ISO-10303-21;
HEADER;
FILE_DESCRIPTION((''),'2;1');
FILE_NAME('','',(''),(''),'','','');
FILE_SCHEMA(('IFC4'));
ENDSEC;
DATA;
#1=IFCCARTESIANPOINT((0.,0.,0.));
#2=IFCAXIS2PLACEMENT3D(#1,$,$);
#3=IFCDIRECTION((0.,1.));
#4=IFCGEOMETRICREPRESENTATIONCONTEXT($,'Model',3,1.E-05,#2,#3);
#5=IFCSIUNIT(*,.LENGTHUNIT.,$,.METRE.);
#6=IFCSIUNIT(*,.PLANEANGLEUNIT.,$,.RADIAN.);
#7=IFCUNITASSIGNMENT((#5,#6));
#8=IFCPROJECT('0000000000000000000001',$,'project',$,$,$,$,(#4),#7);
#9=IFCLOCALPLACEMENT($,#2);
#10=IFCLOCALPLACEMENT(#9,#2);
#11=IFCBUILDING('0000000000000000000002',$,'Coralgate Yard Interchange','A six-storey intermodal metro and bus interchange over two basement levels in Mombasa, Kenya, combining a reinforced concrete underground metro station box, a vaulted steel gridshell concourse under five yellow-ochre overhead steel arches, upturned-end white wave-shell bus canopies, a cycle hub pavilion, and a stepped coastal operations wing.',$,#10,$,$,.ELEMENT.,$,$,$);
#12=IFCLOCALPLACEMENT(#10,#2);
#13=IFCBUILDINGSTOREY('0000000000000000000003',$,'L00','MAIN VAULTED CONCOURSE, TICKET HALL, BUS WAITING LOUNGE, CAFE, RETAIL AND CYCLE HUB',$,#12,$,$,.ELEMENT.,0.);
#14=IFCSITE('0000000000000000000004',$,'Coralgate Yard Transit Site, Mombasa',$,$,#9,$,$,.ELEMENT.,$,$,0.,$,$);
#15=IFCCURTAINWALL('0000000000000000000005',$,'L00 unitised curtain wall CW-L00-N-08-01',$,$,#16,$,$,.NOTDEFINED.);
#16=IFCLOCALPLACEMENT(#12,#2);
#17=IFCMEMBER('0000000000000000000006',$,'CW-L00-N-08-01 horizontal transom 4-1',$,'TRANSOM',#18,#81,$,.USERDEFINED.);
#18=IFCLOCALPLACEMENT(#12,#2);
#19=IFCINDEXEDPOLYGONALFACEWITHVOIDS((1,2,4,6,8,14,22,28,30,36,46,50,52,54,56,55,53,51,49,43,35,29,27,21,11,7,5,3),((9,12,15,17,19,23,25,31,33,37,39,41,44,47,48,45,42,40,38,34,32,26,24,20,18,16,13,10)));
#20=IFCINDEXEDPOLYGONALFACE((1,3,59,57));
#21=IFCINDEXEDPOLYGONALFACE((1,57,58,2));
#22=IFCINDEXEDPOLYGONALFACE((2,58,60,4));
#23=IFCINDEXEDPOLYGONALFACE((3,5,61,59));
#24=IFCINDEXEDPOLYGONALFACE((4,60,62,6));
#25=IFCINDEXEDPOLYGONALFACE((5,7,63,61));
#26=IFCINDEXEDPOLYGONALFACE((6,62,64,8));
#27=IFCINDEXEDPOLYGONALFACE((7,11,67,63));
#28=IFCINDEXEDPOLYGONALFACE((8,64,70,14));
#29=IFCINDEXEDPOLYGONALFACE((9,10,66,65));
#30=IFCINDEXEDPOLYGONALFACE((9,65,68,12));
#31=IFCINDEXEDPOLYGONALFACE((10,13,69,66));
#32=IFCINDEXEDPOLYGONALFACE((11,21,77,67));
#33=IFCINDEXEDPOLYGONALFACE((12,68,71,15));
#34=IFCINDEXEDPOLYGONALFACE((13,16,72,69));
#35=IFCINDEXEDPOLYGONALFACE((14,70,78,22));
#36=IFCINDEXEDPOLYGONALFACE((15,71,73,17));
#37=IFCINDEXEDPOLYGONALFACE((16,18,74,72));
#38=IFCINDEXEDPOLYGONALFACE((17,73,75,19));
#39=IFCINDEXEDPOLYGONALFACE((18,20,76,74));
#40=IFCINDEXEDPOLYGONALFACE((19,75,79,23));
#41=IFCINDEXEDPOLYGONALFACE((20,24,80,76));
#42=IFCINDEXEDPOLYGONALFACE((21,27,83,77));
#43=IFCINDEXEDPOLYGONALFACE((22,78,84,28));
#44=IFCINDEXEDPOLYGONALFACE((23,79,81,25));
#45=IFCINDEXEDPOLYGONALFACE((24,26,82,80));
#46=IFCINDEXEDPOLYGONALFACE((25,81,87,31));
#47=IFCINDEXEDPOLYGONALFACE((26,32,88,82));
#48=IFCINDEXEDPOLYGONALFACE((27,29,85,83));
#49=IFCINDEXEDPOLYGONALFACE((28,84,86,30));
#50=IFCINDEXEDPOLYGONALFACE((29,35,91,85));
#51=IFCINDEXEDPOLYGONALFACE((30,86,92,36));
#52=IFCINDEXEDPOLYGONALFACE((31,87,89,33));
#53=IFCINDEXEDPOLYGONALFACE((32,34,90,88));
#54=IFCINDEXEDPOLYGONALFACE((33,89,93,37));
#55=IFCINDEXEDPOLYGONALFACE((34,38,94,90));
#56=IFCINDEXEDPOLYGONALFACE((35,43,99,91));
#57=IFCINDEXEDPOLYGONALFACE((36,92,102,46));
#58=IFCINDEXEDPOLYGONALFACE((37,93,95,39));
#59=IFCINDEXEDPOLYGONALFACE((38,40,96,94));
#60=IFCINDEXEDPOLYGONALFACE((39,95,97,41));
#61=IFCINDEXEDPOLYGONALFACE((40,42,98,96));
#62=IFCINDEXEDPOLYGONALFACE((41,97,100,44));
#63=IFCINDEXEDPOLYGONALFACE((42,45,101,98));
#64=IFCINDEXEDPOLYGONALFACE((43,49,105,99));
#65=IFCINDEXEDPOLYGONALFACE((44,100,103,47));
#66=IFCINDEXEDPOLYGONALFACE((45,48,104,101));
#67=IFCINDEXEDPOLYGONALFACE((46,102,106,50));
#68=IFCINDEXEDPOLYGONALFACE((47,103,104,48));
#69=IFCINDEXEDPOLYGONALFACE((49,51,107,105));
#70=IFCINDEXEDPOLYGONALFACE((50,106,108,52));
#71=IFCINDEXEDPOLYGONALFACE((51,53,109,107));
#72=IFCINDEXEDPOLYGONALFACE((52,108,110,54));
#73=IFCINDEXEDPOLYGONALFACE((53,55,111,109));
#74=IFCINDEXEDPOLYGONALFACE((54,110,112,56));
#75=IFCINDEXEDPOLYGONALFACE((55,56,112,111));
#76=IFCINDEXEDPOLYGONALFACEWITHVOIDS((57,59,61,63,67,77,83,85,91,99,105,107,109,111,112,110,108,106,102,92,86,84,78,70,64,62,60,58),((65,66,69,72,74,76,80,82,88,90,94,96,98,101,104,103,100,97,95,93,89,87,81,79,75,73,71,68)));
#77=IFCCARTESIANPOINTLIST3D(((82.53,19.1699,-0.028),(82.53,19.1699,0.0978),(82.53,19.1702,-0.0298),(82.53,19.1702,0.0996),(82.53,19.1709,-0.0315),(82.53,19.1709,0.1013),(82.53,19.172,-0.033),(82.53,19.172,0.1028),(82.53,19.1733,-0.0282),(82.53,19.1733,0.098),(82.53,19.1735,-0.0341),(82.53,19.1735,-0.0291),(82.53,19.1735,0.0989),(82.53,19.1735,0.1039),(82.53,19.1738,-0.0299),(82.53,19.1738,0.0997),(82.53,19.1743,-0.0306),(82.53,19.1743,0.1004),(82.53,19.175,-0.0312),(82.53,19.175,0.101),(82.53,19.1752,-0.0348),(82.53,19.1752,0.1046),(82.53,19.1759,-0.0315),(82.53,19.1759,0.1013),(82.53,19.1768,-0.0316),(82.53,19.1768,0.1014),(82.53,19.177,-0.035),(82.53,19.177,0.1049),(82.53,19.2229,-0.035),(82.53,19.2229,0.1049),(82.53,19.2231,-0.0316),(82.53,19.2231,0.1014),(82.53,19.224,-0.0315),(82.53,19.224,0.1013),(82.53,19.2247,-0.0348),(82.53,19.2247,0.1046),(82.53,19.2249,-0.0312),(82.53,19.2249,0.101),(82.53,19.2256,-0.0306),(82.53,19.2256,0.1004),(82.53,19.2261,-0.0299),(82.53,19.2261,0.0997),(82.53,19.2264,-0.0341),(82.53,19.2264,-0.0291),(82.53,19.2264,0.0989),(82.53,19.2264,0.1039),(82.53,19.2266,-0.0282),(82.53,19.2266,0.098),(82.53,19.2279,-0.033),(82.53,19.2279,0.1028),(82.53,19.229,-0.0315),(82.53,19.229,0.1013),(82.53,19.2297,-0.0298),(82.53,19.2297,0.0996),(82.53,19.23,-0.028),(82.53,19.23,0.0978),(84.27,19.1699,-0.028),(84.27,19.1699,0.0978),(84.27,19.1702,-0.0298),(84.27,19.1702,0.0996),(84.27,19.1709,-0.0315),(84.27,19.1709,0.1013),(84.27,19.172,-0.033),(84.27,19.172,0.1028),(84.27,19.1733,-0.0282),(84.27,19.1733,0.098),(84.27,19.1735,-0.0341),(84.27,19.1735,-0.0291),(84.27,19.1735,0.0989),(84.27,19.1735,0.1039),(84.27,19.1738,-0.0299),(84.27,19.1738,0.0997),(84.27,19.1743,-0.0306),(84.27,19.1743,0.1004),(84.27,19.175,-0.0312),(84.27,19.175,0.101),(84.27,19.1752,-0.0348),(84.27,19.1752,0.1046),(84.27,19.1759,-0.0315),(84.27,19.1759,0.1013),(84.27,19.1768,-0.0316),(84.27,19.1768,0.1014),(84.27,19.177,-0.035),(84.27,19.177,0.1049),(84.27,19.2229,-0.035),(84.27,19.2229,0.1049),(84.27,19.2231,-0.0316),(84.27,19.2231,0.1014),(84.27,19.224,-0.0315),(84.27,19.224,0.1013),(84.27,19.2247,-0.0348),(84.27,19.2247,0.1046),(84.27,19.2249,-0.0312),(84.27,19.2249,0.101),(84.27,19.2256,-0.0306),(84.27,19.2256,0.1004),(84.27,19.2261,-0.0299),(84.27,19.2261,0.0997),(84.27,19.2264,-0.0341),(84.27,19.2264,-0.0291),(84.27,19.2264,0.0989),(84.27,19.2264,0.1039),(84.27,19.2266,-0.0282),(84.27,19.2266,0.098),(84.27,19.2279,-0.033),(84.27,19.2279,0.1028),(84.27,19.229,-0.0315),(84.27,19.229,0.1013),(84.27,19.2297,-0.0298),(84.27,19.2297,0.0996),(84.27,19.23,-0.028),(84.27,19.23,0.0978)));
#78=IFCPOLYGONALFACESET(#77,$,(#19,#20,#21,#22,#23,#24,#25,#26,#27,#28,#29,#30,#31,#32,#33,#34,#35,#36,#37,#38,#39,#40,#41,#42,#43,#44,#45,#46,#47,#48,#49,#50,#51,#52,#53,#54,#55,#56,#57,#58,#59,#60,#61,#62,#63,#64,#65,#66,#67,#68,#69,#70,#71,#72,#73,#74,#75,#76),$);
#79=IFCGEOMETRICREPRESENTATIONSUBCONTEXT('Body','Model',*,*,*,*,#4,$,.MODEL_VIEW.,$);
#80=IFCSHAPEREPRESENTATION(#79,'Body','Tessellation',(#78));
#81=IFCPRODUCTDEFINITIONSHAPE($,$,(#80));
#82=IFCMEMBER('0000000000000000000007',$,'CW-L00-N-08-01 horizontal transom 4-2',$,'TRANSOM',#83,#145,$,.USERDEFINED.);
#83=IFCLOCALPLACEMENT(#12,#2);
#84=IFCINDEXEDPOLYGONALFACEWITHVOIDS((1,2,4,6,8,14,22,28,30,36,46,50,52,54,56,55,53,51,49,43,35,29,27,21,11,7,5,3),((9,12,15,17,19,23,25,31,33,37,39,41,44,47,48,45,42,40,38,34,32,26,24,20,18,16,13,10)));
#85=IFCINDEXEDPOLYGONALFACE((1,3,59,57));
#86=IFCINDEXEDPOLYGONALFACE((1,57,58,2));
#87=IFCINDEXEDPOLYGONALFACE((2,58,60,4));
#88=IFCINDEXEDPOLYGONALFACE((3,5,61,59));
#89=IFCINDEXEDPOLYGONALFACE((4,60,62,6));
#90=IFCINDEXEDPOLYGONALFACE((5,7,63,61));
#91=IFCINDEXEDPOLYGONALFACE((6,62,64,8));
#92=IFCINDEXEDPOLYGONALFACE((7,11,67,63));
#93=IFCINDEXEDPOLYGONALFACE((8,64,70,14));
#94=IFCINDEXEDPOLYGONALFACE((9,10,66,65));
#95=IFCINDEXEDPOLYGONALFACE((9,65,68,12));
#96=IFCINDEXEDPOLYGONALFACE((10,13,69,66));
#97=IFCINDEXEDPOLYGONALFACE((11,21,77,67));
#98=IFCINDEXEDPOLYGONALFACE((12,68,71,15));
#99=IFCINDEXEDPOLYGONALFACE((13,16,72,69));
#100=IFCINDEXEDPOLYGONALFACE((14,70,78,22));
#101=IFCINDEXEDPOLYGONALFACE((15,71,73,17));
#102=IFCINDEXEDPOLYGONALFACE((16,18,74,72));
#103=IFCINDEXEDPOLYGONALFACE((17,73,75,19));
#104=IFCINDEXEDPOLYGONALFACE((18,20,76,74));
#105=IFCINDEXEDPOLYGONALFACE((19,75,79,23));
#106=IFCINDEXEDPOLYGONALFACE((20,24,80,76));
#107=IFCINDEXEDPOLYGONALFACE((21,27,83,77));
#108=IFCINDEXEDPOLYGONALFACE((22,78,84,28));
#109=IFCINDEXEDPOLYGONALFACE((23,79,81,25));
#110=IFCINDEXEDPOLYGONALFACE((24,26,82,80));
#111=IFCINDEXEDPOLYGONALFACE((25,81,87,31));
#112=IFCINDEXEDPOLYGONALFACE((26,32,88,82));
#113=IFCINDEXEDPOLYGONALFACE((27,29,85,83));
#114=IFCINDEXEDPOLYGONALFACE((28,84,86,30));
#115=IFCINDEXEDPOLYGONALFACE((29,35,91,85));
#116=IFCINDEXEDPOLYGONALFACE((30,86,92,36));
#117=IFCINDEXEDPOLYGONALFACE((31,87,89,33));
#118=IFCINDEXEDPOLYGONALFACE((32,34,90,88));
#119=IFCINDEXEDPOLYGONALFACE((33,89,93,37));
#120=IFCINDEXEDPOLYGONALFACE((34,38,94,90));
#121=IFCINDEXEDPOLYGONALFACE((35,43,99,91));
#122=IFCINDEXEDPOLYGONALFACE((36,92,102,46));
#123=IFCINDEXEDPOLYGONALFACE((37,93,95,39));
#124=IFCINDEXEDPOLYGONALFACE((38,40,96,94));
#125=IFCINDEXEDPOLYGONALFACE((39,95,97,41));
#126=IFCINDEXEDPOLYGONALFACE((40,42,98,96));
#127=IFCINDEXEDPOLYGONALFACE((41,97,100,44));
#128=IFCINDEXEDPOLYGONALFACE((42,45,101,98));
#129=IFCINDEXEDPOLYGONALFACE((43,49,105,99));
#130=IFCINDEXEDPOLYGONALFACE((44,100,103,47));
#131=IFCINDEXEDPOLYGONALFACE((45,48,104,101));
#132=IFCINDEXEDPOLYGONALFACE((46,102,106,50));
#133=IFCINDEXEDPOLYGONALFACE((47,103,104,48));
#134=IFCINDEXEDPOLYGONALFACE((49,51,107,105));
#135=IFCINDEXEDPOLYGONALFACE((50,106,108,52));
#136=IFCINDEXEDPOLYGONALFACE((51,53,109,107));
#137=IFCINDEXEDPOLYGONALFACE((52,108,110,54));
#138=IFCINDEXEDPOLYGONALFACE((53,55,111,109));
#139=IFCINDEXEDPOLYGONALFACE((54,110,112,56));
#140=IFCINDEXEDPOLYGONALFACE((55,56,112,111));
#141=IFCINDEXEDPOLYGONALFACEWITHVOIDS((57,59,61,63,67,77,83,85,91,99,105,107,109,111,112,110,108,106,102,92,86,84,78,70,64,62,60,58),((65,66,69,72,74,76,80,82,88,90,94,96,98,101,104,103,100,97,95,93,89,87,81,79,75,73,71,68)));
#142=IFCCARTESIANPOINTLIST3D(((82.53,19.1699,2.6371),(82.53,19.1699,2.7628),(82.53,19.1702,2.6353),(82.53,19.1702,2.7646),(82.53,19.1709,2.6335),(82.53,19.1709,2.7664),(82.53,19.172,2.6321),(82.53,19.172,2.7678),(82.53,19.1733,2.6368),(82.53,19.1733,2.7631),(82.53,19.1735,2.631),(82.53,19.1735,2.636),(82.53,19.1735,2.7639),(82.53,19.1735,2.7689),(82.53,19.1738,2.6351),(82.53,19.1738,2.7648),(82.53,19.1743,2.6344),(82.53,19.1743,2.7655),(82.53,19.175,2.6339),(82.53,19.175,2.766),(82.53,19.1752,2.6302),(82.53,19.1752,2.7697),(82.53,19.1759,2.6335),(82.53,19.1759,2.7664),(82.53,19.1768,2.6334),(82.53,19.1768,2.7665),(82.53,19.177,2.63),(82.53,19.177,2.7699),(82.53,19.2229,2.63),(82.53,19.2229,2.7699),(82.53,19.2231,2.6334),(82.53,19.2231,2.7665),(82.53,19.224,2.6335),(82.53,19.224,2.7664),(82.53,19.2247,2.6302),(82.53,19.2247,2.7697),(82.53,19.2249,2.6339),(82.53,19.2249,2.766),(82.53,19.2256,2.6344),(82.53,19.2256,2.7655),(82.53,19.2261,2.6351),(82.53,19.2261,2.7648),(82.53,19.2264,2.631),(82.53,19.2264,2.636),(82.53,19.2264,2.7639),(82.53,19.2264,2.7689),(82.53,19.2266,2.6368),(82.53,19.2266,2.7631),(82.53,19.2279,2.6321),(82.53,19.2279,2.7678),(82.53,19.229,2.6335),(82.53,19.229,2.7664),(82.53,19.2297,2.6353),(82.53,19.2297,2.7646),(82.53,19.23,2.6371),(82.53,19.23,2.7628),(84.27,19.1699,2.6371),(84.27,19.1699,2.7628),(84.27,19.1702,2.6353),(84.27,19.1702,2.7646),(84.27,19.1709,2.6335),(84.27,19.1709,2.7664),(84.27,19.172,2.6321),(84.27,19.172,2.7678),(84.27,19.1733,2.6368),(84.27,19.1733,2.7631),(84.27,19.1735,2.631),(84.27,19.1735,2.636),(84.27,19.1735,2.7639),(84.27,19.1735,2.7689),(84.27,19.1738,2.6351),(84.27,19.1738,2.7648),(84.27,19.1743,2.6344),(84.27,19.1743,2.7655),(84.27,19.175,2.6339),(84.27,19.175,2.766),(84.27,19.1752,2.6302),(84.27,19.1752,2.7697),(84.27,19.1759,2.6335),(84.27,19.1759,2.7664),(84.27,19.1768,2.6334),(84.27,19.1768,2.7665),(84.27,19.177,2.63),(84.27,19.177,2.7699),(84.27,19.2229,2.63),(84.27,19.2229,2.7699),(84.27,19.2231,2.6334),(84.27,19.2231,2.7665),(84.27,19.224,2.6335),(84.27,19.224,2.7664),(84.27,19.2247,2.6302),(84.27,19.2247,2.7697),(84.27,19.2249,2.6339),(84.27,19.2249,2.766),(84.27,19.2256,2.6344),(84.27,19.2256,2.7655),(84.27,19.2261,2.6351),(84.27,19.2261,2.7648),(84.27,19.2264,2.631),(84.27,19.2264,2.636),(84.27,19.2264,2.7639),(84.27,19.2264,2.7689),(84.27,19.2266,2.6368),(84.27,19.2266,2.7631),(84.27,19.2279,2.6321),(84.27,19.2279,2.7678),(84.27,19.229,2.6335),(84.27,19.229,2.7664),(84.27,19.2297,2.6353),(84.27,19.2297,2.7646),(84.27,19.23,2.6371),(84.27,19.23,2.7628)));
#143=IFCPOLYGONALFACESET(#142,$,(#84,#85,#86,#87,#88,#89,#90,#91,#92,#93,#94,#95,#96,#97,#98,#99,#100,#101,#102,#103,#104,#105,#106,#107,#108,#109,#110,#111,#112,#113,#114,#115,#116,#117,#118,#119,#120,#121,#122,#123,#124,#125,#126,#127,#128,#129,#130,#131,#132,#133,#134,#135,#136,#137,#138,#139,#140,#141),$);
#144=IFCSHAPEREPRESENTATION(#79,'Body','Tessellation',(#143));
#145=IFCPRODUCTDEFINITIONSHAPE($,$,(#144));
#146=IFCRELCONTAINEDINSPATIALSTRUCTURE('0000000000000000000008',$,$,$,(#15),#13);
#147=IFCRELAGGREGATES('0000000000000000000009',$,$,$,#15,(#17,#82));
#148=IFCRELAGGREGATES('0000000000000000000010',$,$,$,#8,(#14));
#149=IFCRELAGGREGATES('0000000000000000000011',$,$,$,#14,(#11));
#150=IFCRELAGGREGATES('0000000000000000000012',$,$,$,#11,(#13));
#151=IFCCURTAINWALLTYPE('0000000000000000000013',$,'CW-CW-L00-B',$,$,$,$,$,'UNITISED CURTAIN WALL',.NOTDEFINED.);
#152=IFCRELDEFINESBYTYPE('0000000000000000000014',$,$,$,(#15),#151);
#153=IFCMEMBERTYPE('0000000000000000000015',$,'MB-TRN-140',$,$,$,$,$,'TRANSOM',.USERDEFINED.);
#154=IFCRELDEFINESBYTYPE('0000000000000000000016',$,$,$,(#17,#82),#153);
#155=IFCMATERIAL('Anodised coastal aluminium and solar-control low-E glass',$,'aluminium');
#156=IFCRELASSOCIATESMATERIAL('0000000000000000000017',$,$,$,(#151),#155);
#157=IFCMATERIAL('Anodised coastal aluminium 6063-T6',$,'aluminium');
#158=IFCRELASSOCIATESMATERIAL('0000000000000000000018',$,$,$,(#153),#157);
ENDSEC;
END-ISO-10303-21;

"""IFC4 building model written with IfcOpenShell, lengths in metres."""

from ifc_helpers import new_model, si_unit, direction, frame, origin, origin_2d, place, context, subcontext, project, spatial, hollow_rectangle, extrude, material, material_profile, profile_set, type_object, element, aggregate, save


model = new_model("IFC4")

# Units and contexts
model_context = context("Model", 3, precision=1e-05, world=origin(), true_north=direction((0.0, 1.0)))
body_context = subcontext(model_context, "Body", "Model", "MODEL_VIEW")
ifc_project = project(units=[si_unit("LENGTHUNIT", "METRE"), si_unit("PLANEANGLEUNIT", "RADIAN")], contexts=[model_context])

# Site, building, storey
site_placement = place(None, origin())
site = spatial("IfcSite", under=ifc_project, at=site_placement, Name="Coralgate Yard Transit Site, Mombasa", CompositionType="ELEMENT", RefElevation=0.0)
building_placement = place(site_placement, origin())
building = spatial("IfcBuilding", under=site, at=building_placement, Name="Coralgate Yard Interchange", Description="A six-storey intermodal metro and bus interchange over two basement levels in Mombasa, Kenya, combining a reinforced concrete underground metro station box, a vaulted steel gridshell concourse under five yellow-ochre overhead steel arches, upturned-end white wave-shell bus canopies, a cycle hub pavilion, and a stepped coastal operations wing.", CompositionType="ELEMENT")
storey_placement = place(building_placement, origin())
storey = spatial("IfcBuildingStorey", under=building, at=storey_placement, Name="L00", Description="MAIN VAULTED CONCOURSE, TICKET HALL, BUS WAITING LOUNGE, CAFE, RETAIL AND CYCLE HUB", CompositionType="ELEMENT", Elevation=0.0)

# Curtain wall, members
ifc_material_1 = material(Name="Anodised coastal aluminium and solar-control low-E glass", Category="aluminium")
curtain_wall_type = type_object("IfcCurtainWallType", Name="CW-CW-L00-B", ElementType="UNITISED CURTAIN WALL", PredefinedType="NOTDEFINED", material=ifc_material_1)
curtain_wall_placement = place(storey_placement, origin())
curtain_wall = element("IfcCurtainWall", 1, at=curtain_wall_placement, inside=storey, type_object=curtain_wall_type, Name="L00 unitised curtain wall CW-L00-N-08-01", PredefinedType="NOTDEFINED")
ifc_material_2 = material(Name="Anodised coastal aluminium 6063-T6", Category="aluminium")
ifc_material_profile_1 = material_profile(ifc_material_2, hollow_rectangle(XDim=0.0601, YDim=0.1399, WallThickness=0.0034, InnerFilletRadius=0.0034, OuterFilletRadius=0.0071, at=origin_2d()), Name="ALU 60x140x3.5")
ifc_profile_set_1 = profile_set([ifc_material_profile_1], Name="Anodised coastal aluminium 6063-T6")
member_type_1 = type_object("IfcMemberType", Name="MB-TRN-140", ElementType="TRANSOM", PredefinedType="USERDEFINED", material=ifc_profile_set_1)
member_1_placement = place(storey_placement, frame((82.53, 19.2, 0.0349), z_axis=(1.0, 0.0, 0.0), x_axis=(0.0, 1.0, 0.0)))
member_1 = element("IfcMember", 2, at=member_1_placement, type_object=member_type_1, Name="CW-L00-N-08-01 horizontal transom 4-1", ObjectType="TRANSOM", PredefinedType="USERDEFINED", context=body_context, shape_type="SweptSolid", body=[
    extrude(hollow_rectangle(XDim=0.0601, YDim=0.1399, WallThickness=0.0034, InnerFilletRadius=0.0034, OuterFilletRadius=0.0071, at=origin_2d()), origin(), (0.0, 0.0, 1.0), 1.74),
])
member_2_placement = place(storey_placement, frame((82.53, 19.2, 2.7), z_axis=(1.0, 0.0, 0.0), x_axis=(0.0, 1.0, 0.0)))
member_2 = element("IfcMember", 3, at=member_2_placement, type_object=member_type_1, Name="CW-L00-N-08-01 horizontal transom 4-2", ObjectType="TRANSOM", PredefinedType="USERDEFINED", context=body_context, shape_type="SweptSolid", body=[
    extrude(hollow_rectangle(XDim=0.0601, YDim=0.1399, WallThickness=0.0034, InnerFilletRadius=0.0034, OuterFilletRadius=0.0071, at=origin_2d()), origin(), (0.0, 0.0, 1.0), 1.74),
])
aggregate(curtain_wall, [member_1, member_2])

save(model, "model.ifc")
